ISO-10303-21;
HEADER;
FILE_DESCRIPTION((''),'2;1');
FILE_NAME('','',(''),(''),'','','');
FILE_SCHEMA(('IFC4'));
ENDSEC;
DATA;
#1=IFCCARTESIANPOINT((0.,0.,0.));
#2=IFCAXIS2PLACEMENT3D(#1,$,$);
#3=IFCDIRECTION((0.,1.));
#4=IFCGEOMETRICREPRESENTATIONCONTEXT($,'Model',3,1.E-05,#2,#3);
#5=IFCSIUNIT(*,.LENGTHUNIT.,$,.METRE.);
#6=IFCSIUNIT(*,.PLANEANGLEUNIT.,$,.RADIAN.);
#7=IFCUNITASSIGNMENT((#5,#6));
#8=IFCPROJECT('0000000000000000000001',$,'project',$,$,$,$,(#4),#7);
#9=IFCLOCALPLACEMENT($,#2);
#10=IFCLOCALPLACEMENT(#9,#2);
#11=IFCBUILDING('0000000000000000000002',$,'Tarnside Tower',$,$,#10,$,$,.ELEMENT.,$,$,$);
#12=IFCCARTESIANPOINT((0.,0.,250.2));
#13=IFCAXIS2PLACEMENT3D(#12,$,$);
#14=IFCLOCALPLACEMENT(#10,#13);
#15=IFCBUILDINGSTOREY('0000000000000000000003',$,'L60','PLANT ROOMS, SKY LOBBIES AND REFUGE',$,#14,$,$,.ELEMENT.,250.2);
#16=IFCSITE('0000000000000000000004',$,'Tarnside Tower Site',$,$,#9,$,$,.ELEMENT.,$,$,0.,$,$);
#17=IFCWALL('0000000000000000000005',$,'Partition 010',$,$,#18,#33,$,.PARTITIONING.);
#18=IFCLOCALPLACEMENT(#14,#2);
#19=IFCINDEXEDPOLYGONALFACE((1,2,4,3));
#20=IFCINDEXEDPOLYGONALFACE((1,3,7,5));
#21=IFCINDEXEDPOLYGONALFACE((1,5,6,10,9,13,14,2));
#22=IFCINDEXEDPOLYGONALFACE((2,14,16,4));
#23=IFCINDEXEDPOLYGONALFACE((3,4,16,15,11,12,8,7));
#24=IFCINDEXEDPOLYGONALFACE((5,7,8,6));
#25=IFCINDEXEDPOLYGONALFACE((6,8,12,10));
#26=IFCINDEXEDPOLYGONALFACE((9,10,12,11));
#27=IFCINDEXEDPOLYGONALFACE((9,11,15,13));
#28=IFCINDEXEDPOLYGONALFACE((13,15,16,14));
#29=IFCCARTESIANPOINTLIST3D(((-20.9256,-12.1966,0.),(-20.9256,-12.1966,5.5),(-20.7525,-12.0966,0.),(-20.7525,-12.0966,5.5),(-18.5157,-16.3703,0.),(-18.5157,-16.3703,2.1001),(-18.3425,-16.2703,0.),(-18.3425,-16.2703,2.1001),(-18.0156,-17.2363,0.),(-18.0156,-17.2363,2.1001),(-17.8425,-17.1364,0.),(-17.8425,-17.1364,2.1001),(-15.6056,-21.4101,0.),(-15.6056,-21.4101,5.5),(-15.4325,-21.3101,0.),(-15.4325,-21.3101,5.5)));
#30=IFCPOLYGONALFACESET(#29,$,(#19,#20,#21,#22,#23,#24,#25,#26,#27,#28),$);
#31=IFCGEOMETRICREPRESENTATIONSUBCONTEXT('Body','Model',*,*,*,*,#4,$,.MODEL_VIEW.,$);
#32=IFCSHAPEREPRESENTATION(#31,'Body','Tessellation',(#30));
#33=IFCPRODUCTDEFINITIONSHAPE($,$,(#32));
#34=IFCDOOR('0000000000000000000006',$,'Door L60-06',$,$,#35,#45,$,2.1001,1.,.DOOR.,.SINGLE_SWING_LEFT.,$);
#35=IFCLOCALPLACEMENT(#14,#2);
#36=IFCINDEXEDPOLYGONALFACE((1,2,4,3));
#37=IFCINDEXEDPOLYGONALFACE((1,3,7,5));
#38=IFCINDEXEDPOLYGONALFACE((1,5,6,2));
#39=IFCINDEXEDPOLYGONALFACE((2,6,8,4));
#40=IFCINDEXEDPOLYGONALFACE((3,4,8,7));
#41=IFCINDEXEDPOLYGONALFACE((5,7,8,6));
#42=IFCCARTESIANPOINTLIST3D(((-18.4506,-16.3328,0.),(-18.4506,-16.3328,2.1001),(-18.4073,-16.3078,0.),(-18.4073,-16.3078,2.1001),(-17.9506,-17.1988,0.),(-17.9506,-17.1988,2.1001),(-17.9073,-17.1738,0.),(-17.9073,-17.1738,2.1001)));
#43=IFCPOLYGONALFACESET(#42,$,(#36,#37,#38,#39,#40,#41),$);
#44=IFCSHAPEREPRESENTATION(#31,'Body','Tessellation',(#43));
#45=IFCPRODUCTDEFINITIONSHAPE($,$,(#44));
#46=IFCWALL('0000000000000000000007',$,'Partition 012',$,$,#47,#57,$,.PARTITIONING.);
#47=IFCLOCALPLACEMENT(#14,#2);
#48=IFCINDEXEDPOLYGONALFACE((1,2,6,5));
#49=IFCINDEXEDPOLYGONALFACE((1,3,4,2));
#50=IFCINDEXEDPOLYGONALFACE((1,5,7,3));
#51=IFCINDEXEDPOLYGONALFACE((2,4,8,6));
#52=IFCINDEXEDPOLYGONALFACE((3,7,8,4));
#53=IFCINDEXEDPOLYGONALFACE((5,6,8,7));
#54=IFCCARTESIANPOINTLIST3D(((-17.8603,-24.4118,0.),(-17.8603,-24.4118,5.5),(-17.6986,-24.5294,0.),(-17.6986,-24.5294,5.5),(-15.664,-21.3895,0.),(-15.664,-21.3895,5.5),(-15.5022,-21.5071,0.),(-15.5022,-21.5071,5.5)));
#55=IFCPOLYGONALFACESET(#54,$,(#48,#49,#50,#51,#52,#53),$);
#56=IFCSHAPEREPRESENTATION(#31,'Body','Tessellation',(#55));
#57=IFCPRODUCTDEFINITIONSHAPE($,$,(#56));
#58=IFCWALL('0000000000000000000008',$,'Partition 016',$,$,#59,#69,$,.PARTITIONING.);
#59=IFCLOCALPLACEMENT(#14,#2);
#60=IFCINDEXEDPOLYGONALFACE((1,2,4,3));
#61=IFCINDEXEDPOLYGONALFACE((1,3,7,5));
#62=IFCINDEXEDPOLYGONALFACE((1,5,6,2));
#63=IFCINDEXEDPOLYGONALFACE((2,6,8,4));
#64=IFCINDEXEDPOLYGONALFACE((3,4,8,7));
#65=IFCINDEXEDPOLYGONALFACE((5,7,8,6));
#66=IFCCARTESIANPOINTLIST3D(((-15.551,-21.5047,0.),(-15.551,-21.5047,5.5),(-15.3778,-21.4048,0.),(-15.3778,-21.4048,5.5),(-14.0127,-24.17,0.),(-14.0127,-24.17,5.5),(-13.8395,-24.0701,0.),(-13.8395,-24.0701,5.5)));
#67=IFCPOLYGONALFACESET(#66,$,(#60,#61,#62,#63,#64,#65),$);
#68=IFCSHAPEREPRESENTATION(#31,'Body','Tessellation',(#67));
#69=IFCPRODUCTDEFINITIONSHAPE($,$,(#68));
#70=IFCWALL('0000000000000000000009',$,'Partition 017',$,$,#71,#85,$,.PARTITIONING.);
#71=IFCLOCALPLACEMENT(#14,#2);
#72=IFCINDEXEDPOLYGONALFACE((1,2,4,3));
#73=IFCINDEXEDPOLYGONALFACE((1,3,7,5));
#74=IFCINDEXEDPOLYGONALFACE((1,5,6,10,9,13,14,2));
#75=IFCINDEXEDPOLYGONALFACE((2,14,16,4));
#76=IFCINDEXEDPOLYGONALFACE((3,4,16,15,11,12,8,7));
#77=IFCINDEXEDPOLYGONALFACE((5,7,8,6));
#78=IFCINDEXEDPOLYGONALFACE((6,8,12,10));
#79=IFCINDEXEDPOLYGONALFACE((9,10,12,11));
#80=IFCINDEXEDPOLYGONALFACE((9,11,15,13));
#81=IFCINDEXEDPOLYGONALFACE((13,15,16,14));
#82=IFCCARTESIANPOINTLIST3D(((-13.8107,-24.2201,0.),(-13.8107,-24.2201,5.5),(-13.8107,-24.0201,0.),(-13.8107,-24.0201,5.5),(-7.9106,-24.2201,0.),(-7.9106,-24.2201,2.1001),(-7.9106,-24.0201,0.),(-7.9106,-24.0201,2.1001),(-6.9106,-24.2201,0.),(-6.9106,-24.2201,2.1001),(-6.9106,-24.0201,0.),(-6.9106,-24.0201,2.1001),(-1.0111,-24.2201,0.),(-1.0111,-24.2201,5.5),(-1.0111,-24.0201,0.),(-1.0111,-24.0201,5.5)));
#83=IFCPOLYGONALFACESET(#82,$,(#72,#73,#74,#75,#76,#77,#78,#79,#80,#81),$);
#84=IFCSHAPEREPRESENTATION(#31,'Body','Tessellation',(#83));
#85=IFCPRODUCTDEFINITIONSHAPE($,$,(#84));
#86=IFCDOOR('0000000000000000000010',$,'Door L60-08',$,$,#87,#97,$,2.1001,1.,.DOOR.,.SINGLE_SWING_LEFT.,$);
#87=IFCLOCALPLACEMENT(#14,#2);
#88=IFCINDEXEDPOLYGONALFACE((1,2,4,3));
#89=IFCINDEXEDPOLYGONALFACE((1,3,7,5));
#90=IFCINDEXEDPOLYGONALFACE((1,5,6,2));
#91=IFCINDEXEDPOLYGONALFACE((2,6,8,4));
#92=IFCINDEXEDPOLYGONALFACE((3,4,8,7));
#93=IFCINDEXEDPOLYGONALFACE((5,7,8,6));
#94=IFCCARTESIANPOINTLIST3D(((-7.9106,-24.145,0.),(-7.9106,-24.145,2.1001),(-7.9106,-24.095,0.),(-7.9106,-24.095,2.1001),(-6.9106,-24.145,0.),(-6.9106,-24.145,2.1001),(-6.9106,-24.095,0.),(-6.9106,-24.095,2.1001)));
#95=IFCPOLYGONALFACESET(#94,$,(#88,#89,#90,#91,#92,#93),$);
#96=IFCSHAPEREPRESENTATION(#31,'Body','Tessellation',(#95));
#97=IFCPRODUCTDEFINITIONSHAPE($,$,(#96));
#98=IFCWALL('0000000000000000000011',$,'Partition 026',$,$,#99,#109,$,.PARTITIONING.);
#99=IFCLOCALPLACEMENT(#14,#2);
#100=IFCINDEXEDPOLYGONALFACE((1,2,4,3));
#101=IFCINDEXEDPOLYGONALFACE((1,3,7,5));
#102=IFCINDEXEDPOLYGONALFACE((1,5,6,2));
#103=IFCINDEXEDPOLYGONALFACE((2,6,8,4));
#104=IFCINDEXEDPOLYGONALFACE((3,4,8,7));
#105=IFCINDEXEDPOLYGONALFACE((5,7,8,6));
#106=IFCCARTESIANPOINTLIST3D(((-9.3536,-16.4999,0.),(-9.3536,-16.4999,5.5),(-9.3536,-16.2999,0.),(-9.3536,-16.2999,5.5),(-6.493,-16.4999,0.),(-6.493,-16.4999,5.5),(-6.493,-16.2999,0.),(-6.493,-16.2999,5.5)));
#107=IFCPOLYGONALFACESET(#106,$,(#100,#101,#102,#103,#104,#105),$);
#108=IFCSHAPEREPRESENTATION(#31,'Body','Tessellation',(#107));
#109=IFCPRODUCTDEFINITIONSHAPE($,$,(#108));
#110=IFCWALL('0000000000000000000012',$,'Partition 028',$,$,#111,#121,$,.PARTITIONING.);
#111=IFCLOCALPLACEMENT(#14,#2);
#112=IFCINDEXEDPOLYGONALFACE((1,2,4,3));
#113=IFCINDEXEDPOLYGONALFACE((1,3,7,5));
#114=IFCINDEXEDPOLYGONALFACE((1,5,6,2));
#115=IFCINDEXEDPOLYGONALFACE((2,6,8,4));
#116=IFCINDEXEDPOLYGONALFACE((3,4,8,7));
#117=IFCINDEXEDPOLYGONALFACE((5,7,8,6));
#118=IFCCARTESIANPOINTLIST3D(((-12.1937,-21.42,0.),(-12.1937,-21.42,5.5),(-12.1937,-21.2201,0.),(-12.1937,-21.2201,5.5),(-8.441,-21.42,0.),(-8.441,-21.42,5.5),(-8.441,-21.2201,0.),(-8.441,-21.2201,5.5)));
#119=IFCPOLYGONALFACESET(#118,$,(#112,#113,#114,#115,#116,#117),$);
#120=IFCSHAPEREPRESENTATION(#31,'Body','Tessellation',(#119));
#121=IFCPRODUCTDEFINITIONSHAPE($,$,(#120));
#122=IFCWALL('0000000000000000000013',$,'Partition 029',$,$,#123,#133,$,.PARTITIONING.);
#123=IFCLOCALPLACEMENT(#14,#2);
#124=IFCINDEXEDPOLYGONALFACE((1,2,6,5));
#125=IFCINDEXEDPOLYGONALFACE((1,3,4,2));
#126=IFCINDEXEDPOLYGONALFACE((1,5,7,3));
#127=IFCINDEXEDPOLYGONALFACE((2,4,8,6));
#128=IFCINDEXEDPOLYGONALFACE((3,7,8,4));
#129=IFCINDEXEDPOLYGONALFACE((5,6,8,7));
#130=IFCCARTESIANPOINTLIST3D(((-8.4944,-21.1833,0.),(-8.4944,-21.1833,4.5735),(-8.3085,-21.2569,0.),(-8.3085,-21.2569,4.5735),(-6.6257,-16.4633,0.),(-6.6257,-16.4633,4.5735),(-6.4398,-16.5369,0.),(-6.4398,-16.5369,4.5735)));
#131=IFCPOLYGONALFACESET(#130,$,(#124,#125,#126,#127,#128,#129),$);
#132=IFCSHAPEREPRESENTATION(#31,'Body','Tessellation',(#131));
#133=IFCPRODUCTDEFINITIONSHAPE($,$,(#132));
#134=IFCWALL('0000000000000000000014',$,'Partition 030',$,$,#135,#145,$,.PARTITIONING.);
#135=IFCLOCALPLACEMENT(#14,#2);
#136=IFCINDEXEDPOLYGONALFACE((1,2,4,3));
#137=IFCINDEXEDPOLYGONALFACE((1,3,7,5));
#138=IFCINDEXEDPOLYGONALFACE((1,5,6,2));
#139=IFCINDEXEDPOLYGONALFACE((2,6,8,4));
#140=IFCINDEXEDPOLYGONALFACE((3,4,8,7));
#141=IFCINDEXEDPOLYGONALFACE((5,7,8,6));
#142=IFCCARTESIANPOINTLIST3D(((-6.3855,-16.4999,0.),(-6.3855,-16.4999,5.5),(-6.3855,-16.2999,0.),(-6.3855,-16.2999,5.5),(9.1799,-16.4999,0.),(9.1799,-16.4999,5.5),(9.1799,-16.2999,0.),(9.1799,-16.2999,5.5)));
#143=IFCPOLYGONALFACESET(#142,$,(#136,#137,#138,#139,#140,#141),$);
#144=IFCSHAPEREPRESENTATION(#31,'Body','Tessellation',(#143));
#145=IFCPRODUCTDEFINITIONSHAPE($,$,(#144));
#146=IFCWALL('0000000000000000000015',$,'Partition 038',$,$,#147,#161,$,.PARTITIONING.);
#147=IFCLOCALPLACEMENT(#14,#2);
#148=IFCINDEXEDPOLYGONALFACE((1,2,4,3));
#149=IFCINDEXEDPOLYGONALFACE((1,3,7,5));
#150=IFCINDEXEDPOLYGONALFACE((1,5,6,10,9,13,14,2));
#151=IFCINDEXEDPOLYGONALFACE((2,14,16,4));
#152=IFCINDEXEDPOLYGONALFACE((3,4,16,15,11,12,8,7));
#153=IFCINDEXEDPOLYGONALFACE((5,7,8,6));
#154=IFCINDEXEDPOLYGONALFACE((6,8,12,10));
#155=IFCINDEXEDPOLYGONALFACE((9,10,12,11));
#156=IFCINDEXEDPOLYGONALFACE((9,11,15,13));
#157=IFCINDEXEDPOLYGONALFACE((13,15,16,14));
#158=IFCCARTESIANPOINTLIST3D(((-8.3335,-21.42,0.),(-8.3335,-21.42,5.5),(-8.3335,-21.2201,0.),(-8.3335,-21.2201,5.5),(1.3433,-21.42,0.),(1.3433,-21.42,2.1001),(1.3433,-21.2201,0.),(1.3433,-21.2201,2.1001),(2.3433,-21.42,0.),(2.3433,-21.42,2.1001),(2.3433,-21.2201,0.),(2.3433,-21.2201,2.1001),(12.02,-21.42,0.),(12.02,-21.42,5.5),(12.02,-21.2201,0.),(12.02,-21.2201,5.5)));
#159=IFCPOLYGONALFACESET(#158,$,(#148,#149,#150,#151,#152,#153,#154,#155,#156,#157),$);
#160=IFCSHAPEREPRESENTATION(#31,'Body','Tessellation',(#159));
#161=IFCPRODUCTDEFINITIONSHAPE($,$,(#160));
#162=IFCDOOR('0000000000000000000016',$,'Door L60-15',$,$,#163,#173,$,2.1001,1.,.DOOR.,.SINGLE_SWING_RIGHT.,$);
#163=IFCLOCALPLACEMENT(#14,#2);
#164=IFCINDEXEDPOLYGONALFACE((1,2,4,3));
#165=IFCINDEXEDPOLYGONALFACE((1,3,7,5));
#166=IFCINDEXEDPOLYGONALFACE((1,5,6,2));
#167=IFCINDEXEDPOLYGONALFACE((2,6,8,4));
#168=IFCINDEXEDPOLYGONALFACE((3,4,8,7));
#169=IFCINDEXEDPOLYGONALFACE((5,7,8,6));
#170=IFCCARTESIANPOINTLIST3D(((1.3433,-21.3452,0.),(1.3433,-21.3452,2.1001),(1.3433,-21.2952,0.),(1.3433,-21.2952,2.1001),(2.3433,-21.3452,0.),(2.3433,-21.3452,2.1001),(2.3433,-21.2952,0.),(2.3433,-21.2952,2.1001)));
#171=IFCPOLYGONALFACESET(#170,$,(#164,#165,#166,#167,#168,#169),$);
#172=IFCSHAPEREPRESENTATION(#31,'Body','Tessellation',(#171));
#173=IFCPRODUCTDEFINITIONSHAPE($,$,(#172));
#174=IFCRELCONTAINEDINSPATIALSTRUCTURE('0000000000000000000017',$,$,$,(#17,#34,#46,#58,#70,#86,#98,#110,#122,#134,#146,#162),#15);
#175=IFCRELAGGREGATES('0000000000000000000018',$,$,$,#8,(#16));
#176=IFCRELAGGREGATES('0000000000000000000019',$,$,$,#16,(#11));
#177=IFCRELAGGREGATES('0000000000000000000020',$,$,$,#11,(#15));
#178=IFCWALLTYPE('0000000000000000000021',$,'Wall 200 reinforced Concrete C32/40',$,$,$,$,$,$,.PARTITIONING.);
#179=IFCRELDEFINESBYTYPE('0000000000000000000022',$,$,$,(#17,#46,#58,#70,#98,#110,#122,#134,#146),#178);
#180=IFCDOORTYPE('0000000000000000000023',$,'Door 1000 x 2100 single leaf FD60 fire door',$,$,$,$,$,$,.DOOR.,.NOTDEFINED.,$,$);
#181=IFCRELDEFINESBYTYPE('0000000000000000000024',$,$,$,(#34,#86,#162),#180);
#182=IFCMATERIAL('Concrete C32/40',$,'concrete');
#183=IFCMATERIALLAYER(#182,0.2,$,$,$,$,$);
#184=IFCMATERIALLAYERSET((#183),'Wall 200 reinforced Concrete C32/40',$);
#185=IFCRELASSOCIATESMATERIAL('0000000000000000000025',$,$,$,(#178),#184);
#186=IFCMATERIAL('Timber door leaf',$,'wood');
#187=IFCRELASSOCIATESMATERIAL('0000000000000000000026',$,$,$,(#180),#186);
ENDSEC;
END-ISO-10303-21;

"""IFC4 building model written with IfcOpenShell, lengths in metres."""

from ifc_helpers import new_model, si_unit, direction, frame, frame_2d, origin, place, context, subcontext, project, spatial, rectangle, extrude, material, layer, layer_set, type_object, element, fill, save


model = new_model("IFC4")

# Units and contexts
model_context = context("Model", 3, precision=1e-05, world=origin(), true_north=direction((0.0, 1.0)))
body_context = subcontext(model_context, "Body", "Model", "MODEL_VIEW")
ifc_project = project(units=[si_unit("LENGTHUNIT", "METRE"), si_unit("PLANEANGLEUNIT", "RADIAN")], contexts=[model_context])

# Site, building, storey
site_placement = place(None, origin())
site = spatial("IfcSite", under=ifc_project, at=site_placement, Name="Tarnside Tower Site", CompositionType="ELEMENT", RefElevation=0.0)
building_placement = place(site_placement, origin())
building = spatial("IfcBuilding", under=site, at=building_placement, Name="Tarnside Tower", CompositionType="ELEMENT")
storey_placement = place(building_placement, frame((0.0, 0.0, 250.2)))
storey = spatial("IfcBuildingStorey", under=building, at=storey_placement, Name="L60", Description="PLANT ROOMS, SKY LOBBIES AND REFUGE", CompositionType="ELEMENT", Elevation=250.2)

# Wall, opening, door
ifc_material_1 = material(Name="Concrete C32/40", Category="concrete")
ifc_layer_1 = layer(ifc_material_1, 0.2)
ifc_layer_set_1 = layer_set([ifc_layer_1], Name="Wall 200 reinforced Concrete C32/40")
wall_type_1 = type_object("IfcWallType", Name="Wall 200 reinforced Concrete C32/40", PredefinedType="PARTITIONING", material=ifc_layer_set_1)
wall_1_placement = place(storey_placement, frame((-15.519, -21.3601, 0.0), z_axis=(0.0, 0.0, 1.0), x_axis=(-0.500041, 0.866002, 0.0)))
wall_1 = element("IfcWall", 1, at=wall_1_placement, inside=storey, type_object=wall_type_1, Name="Partition 010", PredefinedType="PARTITIONING", context=body_context, shape_type="SweptSolid", body=[
    extrude(rectangle(XDim=10.6392, YDim=0.2, at=frame_2d((5.3196, 0.0))), origin(), (0.0, 0.0, 1.0), 5.5),
])
opening_1_placement = place(wall_1_placement, frame((4.8196, 0.0, 0.0)))
opening_1 = element("IfcOpeningElement", 2, at=opening_1_placement, cuts=wall_1, PredefinedType="OPENING", context=body_context, shape_type="SweptSolid", body=[
    extrude(rectangle(XDim=1.0, YDim=2.1001, at=frame_2d((0.5, 1.05))), frame((0.0, 0.1099, 0.0), z_axis=(0.0, -1.0, 0.0), x_axis=(1.0, 0.0, 0.0)), (0.0, 0.0, 1.0), 0.22),
])
ifc_material_2 = material(Name="Timber door leaf", Category="wood")
door_type_1 = type_object("IfcDoorType", Name="Door 1000 x 2100 single leaf FD60 fire door", OperationType="NOTDEFINED", PredefinedType="DOOR", material=ifc_material_2)
door_1_placement = place(opening_1_placement, origin())
door_1 = element("IfcDoor", 3, at=door_1_placement, inside=storey, type_object=door_type_1, Name="Door L60-06", OperationType="SINGLE_SWING_LEFT", OverallHeight=2.1001, OverallWidth=1.0, PredefinedType="DOOR", context=body_context, shape_type="SweptSolid", body=[
    extrude(rectangle(XDim=1.0, YDim=2.1001, at=frame_2d((0.5, 1.05))), frame((0.0, 0.0249, 0.0), z_axis=(0.0, -1.0, 0.0), x_axis=(1.0, 0.0, 0.0)), (0.0, 0.0, 1.0), 0.05),
])
fill(opening_1, door_1)

# Walls
wall_2_placement = place(storey_placement, frame((-17.7795, -24.4707, 0.0), z_axis=(0.0, 0.0, 1.0), x_axis=(0.587876, 0.808951, 0.0)))
element("IfcWall", 4, at=wall_2_placement, inside=storey, type_object=wall_type_1, Name="Partition 012", PredefinedType="PARTITIONING", context=body_context, shape_type="SweptSolid", body=[
    extrude(rectangle(XDim=3.7361, YDim=0.2, at=frame_2d((1.8682, 0.0))), origin(), (0.0, 0.0, 1.0), 5.5),
])
wall_3_placement = place(storey_placement, frame((-15.4644, -21.4548, 0.0), z_axis=(0.0, 0.0, 1.0), x_axis=(0.499885, -0.866092, 0.0)))
element("IfcWall", 5, at=wall_3_placement, inside=storey, type_object=wall_type_1, Name="Partition 016", PredefinedType="PARTITIONING", context=body_context, shape_type="SweptSolid", body=[
    extrude(rectangle(XDim=3.0774, YDim=0.2, at=frame_2d((1.5386, 0.0))), origin(), (0.0, 0.0, 1.0), 5.5),
])

# Wall, opening, door
wall_4_placement = place(storey_placement, frame((-1.011, -24.1201, 0.0), z_axis=(0.0, 0.0, 1.0), x_axis=(-1.0, 0.0, 0.0)))
wall_4 = element("IfcWall", 6, at=wall_4_placement, inside=storey, type_object=wall_type_1, Name="Partition 017", PredefinedType="PARTITIONING", context=body_context, shape_type="SweptSolid", body=[
    extrude(rectangle(XDim=12.7996, YDim=0.2, at=frame_2d((6.3999, 0.0))), origin(), (0.0, 0.0, 1.0), 5.5),
])
opening_2_placement = place(wall_4_placement, frame((5.8997, 0.0, 0.0)))
opening_2 = element("IfcOpeningElement", 7, at=opening_2_placement, cuts=wall_4, PredefinedType="OPENING", context=body_context, shape_type="SweptSolid", body=[
    extrude(rectangle(XDim=1.0, YDim=2.1001, at=frame_2d((0.5, 1.05))), frame((0.0, 0.1099, 0.0), z_axis=(0.0, -1.0, 0.0), x_axis=(1.0, 0.0, 0.0)), (0.0, 0.0, 1.0), 0.22),
])
door_2_placement = place(opening_2_placement, origin())
door_2 = element("IfcDoor", 8, at=door_2_placement, inside=storey, type_object=door_type_1, Name="Door L60-08", OperationType="SINGLE_SWING_LEFT", OverallHeight=2.1001, OverallWidth=1.0, PredefinedType="DOOR", context=body_context, shape_type="SweptSolid", body=[
    extrude(rectangle(XDim=1.0, YDim=2.1001, at=frame_2d((0.5, 1.05))), frame((0.0, 0.0249, 0.0), z_axis=(0.0, -1.0, 0.0), x_axis=(1.0, 0.0, 0.0)), (0.0, 0.0, 1.0), 0.05),
])
fill(opening_2, door_2)

# Walls
wall_5_placement = place(storey_placement, frame((-9.3535, -16.3999, 0.0), z_axis=(0.0, 0.0, 1.0), x_axis=(1.0, 0.0, 0.0)))
element("IfcWall", 9, at=wall_5_placement, inside=storey, type_object=wall_type_1, Name="Partition 026", PredefinedType="PARTITIONING", context=body_context, shape_type="SweptSolid", body=[
    extrude(rectangle(XDim=2.8606, YDim=0.2, at=frame_2d((1.4302, 0.0))), origin(), (0.0, 0.0, 1.0), 5.5),
])
wall_6_placement = place(storey_placement, frame((-8.4409, -21.3201, 0.0), z_axis=(0.0, 0.0, 1.0), x_axis=(-1.0, 0.0, 0.0)))
element("IfcWall", 10, at=wall_6_placement, inside=storey, type_object=wall_type_1, Name="Partition 028", PredefinedType="PARTITIONING", context=body_context, shape_type="SweptSolid", body=[
    extrude(rectangle(XDim=3.7527, YDim=0.2, at=frame_2d((1.8765, 0.0))), origin(), (0.0, 0.0, 1.0), 5.5),
])
wall_7_placement = place(storey_placement, frame((-8.4014, -21.22, 0.0), z_axis=(0.0, 0.0, 1.0), x_axis=(0.368105, 0.929784, 0.0)))
element("IfcWall", 11, at=wall_7_placement, inside=storey, type_object=wall_type_1, Name="Partition 029", PredefinedType="PARTITIONING", context=body_context, shape_type="SweptSolid", body=[
    extrude(rectangle(XDim=5.0764, YDim=0.2, at=frame_2d((2.5381, 0.0))), origin(), (0.0, 0.0, 1.0), 4.5735),
])
wall_8_placement = place(storey_placement, frame((-6.3855, -16.3999, 0.0), z_axis=(0.0, 0.0, 1.0), x_axis=(1.0, 0.0, 0.0)))
element("IfcWall", 12, at=wall_8_placement, inside=storey, type_object=wall_type_1, Name="Partition 030", PredefinedType="PARTITIONING", context=body_context, shape_type="SweptSolid", body=[
    extrude(rectangle(XDim=15.5654, YDim=0.2, at=frame_2d((7.7827, 0.0))), origin(), (0.0, 0.0, 1.0), 5.5),
])

# Wall, opening, door
wall_9_placement = place(storey_placement, frame((-8.3335, -21.3201, 0.0), z_axis=(0.0, 0.0, 1.0), x_axis=(1.0, 0.0, 0.0)))
wall_9 = element("IfcWall", 13, at=wall_9_placement, inside=storey, type_object=wall_type_1, Name="Partition 038", PredefinedType="PARTITIONING", context=body_context, shape_type="SweptSolid", body=[
    extrude(rectangle(XDim=20.3535, YDim=0.2, at=frame_2d((10.1768, 0.0))), origin(), (0.0, 0.0, 1.0), 5.5),
])
opening_3_placement = place(wall_9_placement, frame((9.6768, 0.0, 0.0)))
opening_3 = element("IfcOpeningElement", 14, at=opening_3_placement, cuts=wall_9, PredefinedType="OPENING", context=body_context, shape_type="SweptSolid", body=[
    extrude(rectangle(XDim=1.0, YDim=2.1001, at=frame_2d((0.5, 1.05))), frame((0.0, 0.1099, 0.0), z_axis=(0.0, -1.0, 0.0), x_axis=(1.0, 0.0, 0.0)), (0.0, 0.0, 1.0), 0.22),
])
door_3_placement = place(opening_3_placement, origin())
door_3 = element("IfcDoor", 15, at=door_3_placement, inside=storey, type_object=door_type_1, Name="Door L60-15", OperationType="SINGLE_SWING_RIGHT", OverallHeight=2.1001, OverallWidth=1.0, PredefinedType="DOOR", context=body_context, shape_type="SweptSolid", body=[
    extrude(rectangle(XDim=1.0, YDim=2.1001, at=frame_2d((0.5, 1.05))), frame((0.0, 0.0249, 0.0), z_axis=(0.0, -1.0, 0.0), x_axis=(1.0, 0.0, 0.0)), (0.0, 0.0, 1.0), 0.05),
])
fill(opening_3, door_3)

save(model, "model.ifc")
